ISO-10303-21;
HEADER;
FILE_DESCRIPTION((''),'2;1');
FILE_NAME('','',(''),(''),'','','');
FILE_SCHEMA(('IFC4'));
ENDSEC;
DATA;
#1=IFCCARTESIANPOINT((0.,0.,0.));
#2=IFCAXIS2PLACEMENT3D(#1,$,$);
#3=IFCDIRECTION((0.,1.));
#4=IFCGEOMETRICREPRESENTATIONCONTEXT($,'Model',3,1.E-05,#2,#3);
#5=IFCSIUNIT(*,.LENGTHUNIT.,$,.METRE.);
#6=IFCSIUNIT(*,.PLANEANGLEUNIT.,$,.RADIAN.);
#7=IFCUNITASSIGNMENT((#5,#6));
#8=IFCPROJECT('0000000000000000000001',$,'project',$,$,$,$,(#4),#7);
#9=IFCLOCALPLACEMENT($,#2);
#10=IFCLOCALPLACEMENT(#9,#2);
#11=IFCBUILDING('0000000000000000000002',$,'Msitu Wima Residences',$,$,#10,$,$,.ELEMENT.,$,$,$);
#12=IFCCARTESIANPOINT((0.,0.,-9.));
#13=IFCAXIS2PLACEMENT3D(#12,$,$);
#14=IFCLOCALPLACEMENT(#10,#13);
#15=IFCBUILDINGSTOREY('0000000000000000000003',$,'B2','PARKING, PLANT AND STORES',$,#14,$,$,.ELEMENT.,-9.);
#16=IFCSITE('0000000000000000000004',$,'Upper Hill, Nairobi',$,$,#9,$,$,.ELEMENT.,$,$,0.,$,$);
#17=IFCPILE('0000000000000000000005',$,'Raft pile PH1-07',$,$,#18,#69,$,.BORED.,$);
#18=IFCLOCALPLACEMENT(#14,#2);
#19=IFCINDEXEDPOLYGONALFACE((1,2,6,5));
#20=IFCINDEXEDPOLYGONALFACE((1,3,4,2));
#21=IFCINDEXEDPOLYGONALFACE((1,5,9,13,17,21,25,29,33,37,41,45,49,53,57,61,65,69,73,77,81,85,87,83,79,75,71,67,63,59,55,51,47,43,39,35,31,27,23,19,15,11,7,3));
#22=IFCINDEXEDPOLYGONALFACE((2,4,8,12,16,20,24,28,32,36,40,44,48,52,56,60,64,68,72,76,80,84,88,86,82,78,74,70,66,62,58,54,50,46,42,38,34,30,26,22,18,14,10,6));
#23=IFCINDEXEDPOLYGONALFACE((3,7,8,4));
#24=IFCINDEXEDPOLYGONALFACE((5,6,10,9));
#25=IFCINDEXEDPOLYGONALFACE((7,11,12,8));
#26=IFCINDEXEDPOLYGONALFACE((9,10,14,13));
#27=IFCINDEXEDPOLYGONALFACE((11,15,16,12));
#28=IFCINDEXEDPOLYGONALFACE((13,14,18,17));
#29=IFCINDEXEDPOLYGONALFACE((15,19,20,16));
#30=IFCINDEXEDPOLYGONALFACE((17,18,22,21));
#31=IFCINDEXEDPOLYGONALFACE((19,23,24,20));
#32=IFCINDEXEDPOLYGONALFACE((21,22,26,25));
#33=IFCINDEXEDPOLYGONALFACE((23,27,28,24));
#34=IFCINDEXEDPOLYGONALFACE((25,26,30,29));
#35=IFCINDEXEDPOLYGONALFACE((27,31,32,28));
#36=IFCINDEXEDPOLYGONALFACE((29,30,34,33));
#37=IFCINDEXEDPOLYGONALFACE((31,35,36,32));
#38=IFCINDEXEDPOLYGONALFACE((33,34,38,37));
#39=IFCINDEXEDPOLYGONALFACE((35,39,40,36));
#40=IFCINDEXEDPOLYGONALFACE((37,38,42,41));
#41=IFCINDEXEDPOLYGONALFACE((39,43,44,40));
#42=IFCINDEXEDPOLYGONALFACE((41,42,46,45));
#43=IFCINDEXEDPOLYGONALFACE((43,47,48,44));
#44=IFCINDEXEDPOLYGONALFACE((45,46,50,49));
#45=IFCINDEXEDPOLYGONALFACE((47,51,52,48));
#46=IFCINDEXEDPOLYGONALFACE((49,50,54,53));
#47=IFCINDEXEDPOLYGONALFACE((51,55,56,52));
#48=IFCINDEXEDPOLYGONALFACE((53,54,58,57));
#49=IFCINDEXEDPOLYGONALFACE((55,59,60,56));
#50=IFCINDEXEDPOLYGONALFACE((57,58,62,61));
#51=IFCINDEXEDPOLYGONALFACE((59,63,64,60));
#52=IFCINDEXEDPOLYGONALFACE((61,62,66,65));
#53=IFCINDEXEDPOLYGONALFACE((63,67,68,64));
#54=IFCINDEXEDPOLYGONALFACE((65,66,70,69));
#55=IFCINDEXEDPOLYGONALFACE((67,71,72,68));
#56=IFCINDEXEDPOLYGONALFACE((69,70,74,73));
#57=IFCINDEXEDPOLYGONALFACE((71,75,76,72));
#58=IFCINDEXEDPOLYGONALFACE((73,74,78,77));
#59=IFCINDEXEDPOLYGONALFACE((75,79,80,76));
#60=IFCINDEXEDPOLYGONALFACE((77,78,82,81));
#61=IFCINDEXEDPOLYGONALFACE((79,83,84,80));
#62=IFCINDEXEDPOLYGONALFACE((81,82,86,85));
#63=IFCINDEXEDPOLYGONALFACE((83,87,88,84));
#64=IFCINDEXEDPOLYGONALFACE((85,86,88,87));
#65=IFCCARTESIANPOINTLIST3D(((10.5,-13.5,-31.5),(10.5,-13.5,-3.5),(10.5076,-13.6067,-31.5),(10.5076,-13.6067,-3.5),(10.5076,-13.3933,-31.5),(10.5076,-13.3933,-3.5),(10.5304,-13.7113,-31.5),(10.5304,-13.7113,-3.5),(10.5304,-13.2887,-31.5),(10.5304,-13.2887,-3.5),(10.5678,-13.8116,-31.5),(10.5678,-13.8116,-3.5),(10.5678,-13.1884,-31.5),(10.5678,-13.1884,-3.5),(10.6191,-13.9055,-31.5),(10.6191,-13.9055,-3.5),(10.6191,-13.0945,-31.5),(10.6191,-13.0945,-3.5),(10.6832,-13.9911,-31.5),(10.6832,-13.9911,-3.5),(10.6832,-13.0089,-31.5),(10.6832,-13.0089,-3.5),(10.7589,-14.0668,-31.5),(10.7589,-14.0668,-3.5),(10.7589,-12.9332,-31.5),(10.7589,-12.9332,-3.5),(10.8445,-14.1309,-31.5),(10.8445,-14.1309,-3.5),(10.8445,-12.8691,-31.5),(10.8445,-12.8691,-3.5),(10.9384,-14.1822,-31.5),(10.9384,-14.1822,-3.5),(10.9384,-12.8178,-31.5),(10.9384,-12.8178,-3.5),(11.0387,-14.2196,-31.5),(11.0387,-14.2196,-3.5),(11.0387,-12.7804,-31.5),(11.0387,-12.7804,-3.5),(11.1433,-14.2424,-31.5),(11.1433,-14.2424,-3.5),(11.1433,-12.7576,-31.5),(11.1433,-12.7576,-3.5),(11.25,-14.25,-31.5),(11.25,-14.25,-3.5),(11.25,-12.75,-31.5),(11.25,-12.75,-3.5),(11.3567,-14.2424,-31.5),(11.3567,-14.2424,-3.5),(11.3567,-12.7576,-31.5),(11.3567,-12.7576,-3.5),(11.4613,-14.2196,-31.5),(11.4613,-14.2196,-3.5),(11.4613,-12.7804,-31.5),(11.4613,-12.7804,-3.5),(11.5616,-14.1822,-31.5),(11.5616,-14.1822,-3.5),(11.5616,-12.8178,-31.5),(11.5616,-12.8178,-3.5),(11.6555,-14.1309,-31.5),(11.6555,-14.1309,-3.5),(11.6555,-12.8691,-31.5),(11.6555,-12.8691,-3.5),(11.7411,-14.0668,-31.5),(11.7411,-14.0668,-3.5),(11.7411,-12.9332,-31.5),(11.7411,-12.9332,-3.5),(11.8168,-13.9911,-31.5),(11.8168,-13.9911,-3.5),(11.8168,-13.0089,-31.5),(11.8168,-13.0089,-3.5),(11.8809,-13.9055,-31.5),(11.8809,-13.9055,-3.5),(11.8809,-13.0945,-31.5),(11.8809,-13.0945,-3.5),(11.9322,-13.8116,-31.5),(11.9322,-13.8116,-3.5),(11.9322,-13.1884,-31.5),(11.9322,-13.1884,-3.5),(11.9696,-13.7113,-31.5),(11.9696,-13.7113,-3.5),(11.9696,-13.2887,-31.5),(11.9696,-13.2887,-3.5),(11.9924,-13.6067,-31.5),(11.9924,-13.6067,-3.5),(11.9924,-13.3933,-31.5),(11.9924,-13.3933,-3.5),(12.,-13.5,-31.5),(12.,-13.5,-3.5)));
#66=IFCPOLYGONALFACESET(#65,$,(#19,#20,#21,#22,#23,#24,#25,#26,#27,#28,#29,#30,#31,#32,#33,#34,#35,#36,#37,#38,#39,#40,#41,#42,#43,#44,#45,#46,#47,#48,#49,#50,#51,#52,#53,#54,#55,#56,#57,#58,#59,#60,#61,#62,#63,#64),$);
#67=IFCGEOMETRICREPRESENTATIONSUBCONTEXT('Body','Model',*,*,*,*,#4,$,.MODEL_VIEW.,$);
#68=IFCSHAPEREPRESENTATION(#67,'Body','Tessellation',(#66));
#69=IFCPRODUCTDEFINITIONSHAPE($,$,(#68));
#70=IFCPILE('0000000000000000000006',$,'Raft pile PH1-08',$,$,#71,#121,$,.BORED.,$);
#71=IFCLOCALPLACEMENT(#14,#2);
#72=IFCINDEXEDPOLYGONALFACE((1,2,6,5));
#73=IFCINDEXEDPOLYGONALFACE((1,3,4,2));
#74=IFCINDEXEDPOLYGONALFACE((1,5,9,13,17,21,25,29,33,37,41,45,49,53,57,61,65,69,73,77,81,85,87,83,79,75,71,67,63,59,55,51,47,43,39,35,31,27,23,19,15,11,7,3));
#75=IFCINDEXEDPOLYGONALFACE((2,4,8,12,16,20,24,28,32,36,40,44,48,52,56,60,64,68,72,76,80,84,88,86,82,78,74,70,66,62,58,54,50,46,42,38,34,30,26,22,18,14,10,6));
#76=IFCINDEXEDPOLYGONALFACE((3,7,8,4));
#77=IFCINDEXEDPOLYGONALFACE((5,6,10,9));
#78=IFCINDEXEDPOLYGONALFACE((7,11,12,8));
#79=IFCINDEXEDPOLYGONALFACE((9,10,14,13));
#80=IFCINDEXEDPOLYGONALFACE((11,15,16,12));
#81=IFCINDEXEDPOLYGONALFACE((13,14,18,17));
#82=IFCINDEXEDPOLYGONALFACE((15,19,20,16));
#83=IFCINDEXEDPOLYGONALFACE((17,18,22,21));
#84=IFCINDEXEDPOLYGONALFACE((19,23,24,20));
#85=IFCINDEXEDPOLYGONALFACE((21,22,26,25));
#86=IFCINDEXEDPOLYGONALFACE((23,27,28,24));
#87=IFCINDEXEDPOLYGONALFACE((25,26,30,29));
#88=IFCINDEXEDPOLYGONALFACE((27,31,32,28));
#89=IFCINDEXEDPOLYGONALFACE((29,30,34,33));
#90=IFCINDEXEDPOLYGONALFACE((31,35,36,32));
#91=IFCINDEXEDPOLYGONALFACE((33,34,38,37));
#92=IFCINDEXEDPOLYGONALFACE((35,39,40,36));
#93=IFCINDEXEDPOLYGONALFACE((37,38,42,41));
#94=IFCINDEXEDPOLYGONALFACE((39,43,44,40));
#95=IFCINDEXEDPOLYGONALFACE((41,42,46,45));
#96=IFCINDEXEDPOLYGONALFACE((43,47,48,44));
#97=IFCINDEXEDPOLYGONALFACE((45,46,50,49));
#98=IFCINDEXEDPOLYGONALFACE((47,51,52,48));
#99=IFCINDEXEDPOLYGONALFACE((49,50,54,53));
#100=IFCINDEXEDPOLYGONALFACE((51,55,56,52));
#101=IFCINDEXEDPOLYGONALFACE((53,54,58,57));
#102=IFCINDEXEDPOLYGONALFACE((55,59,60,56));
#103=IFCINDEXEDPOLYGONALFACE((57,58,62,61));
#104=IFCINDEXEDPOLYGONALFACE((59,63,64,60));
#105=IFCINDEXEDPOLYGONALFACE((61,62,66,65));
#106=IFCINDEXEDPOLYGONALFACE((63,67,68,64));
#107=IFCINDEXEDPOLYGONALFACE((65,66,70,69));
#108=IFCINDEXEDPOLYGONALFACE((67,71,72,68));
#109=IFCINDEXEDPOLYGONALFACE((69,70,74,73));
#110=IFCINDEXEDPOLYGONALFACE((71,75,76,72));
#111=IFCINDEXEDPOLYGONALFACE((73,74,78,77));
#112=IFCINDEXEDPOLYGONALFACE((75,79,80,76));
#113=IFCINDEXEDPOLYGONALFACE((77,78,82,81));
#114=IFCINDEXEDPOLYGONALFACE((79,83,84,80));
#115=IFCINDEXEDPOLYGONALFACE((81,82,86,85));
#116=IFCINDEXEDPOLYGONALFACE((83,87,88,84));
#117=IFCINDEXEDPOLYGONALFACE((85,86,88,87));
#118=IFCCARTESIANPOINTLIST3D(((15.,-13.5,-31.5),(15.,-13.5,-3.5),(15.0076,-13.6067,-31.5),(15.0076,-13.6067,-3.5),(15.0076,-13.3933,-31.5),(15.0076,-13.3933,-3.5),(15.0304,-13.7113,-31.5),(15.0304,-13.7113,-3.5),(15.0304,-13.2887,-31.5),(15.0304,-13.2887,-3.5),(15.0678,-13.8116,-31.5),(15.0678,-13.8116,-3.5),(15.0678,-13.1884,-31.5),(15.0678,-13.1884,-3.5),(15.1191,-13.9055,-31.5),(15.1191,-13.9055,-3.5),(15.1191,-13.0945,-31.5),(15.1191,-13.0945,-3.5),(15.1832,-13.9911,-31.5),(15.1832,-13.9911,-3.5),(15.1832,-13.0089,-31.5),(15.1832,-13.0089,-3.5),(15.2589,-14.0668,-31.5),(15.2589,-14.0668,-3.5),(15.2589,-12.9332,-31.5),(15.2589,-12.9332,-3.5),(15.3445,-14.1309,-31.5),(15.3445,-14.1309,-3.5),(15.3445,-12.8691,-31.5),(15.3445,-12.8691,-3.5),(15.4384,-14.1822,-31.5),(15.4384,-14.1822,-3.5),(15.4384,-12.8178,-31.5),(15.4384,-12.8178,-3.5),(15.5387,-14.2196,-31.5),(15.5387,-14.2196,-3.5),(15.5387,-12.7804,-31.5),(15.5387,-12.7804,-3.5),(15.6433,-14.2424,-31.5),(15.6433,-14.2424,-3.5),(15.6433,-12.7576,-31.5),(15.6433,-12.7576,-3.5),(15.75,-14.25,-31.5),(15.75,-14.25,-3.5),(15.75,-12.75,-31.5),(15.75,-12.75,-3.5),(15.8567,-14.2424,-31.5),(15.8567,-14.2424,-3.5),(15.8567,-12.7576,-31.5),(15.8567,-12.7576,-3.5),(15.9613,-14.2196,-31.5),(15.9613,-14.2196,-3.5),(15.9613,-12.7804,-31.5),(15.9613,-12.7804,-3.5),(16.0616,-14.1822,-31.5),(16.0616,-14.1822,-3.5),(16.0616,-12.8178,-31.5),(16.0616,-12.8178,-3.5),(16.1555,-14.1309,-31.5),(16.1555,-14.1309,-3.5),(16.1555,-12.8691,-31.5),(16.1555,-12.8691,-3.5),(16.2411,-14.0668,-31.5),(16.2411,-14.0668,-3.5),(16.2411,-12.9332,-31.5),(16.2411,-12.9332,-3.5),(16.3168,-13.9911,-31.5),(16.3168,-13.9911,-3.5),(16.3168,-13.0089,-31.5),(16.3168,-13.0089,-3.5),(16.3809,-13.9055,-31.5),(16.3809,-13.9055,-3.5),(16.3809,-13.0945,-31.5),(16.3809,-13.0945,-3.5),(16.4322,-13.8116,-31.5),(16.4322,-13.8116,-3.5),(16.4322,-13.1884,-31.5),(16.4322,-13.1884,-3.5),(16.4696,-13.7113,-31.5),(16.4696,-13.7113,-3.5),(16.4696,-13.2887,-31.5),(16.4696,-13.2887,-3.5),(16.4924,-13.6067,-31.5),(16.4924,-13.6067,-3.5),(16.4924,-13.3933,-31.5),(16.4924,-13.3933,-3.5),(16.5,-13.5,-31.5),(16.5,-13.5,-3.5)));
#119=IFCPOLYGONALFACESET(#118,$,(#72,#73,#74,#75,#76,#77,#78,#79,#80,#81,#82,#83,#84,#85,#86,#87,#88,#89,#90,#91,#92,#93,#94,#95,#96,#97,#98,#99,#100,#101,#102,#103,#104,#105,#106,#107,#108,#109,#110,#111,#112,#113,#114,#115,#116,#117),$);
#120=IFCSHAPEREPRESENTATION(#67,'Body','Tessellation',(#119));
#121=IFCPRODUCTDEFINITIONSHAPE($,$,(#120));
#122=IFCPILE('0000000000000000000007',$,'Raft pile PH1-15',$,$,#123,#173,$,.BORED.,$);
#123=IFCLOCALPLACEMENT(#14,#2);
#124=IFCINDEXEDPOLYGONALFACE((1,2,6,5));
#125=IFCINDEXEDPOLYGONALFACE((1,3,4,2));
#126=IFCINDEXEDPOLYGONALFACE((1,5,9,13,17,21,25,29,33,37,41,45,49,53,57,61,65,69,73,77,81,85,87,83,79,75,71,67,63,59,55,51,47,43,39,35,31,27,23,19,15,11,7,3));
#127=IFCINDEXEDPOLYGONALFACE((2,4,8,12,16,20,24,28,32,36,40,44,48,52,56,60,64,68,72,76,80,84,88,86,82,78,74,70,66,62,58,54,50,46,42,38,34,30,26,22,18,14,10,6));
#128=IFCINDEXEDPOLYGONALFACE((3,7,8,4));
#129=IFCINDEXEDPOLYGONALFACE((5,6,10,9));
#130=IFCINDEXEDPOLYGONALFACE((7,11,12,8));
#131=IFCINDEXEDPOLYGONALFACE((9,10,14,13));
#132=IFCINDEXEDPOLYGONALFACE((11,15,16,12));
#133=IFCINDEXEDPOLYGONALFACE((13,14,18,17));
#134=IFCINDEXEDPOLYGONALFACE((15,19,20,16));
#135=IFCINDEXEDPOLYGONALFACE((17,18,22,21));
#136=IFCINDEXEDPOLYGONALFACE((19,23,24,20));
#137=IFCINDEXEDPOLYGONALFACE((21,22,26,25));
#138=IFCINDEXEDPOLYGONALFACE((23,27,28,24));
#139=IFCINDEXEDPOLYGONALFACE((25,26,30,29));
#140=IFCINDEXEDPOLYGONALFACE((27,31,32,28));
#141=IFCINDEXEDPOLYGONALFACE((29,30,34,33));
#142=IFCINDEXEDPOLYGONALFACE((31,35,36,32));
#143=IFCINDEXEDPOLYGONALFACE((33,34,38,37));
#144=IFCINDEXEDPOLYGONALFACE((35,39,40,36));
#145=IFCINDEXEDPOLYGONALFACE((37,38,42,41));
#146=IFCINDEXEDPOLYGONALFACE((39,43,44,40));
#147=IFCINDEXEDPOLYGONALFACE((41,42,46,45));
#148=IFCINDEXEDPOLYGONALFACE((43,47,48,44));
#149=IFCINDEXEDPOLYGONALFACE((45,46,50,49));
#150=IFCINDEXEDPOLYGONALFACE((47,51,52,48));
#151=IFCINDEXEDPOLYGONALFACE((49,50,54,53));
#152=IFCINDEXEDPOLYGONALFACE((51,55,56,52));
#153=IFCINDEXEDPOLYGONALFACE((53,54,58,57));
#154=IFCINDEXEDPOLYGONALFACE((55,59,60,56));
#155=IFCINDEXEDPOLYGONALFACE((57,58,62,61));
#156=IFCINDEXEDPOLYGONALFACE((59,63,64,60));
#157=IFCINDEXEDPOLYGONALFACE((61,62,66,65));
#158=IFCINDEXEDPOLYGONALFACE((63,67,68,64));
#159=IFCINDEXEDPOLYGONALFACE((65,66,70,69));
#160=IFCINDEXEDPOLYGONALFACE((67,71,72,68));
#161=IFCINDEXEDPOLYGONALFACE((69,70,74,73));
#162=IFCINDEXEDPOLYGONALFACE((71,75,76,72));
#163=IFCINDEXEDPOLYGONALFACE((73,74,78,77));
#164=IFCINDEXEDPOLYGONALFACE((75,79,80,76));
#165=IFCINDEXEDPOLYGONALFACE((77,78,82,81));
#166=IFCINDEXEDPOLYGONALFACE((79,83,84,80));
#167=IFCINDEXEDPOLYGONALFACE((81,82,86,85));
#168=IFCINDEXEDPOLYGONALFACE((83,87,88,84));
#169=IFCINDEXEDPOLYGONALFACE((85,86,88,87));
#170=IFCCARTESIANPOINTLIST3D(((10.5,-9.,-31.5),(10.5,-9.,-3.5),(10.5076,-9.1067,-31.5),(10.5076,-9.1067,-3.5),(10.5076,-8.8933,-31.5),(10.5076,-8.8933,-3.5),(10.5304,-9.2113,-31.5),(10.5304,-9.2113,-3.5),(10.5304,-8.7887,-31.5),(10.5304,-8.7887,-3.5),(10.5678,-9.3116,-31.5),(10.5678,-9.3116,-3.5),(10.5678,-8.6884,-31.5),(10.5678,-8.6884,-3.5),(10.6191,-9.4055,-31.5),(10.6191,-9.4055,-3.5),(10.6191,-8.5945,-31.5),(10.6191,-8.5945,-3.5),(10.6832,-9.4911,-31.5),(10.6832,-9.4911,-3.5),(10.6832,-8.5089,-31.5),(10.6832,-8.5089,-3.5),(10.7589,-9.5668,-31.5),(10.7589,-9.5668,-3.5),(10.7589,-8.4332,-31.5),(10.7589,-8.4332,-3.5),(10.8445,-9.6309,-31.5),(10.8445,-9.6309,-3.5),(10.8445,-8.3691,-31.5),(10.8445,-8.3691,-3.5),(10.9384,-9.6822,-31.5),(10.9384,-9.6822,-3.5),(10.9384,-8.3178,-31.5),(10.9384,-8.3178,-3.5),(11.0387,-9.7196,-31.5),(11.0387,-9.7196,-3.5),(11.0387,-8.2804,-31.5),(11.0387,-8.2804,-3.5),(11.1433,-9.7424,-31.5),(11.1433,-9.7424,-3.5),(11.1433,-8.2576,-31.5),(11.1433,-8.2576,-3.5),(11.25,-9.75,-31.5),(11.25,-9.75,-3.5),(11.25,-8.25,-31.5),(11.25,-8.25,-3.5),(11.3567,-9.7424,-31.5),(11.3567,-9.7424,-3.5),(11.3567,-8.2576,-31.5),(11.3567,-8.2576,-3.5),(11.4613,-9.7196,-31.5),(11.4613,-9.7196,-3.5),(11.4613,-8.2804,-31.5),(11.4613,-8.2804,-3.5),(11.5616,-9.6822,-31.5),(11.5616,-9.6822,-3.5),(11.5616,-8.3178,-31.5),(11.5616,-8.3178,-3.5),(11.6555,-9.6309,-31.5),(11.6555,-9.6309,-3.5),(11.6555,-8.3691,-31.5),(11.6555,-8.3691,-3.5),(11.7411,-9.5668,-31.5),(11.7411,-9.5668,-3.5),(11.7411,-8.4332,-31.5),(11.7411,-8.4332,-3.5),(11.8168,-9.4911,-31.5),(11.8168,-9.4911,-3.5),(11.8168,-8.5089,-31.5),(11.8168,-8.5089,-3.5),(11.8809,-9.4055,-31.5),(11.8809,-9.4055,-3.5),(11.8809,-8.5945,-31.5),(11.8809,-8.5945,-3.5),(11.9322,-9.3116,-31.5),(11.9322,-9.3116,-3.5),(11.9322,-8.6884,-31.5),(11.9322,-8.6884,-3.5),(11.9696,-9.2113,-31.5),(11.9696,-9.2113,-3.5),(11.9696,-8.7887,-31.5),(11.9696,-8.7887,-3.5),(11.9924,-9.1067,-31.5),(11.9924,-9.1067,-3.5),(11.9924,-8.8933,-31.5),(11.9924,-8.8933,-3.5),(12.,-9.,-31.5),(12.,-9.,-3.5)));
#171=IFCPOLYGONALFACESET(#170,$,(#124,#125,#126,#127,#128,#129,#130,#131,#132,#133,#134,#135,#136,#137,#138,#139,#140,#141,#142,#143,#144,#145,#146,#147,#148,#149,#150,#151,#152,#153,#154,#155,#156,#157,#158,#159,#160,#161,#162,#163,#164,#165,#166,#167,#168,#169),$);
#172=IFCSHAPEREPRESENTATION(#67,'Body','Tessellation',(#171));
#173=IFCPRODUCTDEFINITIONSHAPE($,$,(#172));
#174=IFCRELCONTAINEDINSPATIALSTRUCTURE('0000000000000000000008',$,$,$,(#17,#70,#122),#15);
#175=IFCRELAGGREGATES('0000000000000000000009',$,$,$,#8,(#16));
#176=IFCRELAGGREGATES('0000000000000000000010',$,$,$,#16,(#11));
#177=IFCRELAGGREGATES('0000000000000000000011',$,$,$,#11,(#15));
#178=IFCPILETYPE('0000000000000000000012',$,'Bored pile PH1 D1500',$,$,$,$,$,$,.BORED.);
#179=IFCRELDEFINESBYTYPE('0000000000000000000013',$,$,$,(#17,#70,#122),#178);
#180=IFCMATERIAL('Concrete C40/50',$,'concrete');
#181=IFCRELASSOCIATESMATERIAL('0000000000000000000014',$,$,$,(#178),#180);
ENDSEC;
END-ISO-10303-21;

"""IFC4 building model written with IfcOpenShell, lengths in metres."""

from ifc_helpers import new_model, si_unit, direction, frame, origin, origin_2d, place, context, subcontext, project, spatial, circle, extrude, material, type_object, element, save


model = new_model("IFC4")

# Units and contexts
model_context = context("Model", 3, precision=1e-05, world=origin(), true_north=direction((0.0, 1.0)))
body_context = subcontext(model_context, "Body", "Model", "MODEL_VIEW")
ifc_project = project(units=[si_unit("LENGTHUNIT", "METRE"), si_unit("PLANEANGLEUNIT", "RADIAN")], contexts=[model_context])

# Site, building, storey
site_placement = place(None, origin())
site = spatial("IfcSite", under=ifc_project, at=site_placement, Name="Upper Hill, Nairobi", CompositionType="ELEMENT", RefElevation=0.0)
building_placement = place(site_placement, origin())
building = spatial("IfcBuilding", under=site, at=building_placement, Name="Msitu Wima Residences", CompositionType="ELEMENT")
storey_placement = place(building_placement, frame((0.0, 0.0, -9.0)))
storey = spatial("IfcBuildingStorey", under=building, at=storey_placement, Name="B2", Description="PARKING, PLANT AND STORES", CompositionType="ELEMENT", Elevation=-9.0)

# Piles
ifc_material_1 = material(Name="Concrete C40/50", Category="concrete")
pile_type = type_object("IfcPileType", Name="Bored pile PH1 D1500", PredefinedType="BORED", material=ifc_material_1)
for number, where, z_axis, x_axis, name in (
    (1, (11.25, -13.5, -3.5), (0.0, 0.0, -1.0), (1.0, 0.0, 0.0), "Raft pile PH1-07"),
    (2, (15.75, -13.5, -3.5), (0.0, 0.0, -1.0), (1.0, 0.0, 0.0), "Raft pile PH1-08"),
    (3, (11.25, -9.0, -3.5), (0.0, 0.0, -1.0), (1.0, 0.0, 0.0), "Raft pile PH1-15"),
):
    element("IfcPile", number, at=place(storey_placement, frame(where, z_axis=z_axis, x_axis=x_axis)), inside=storey, type_object=pile_type, Name=name, PredefinedType="BORED", context=body_context, shape_type="SweptSolid", body=[
        extrude(circle(Radius=0.75, at=origin_2d()), origin(), (0.0, 0.0, 1.0), 28.0),
    ])

save(model, "model.ifc")
